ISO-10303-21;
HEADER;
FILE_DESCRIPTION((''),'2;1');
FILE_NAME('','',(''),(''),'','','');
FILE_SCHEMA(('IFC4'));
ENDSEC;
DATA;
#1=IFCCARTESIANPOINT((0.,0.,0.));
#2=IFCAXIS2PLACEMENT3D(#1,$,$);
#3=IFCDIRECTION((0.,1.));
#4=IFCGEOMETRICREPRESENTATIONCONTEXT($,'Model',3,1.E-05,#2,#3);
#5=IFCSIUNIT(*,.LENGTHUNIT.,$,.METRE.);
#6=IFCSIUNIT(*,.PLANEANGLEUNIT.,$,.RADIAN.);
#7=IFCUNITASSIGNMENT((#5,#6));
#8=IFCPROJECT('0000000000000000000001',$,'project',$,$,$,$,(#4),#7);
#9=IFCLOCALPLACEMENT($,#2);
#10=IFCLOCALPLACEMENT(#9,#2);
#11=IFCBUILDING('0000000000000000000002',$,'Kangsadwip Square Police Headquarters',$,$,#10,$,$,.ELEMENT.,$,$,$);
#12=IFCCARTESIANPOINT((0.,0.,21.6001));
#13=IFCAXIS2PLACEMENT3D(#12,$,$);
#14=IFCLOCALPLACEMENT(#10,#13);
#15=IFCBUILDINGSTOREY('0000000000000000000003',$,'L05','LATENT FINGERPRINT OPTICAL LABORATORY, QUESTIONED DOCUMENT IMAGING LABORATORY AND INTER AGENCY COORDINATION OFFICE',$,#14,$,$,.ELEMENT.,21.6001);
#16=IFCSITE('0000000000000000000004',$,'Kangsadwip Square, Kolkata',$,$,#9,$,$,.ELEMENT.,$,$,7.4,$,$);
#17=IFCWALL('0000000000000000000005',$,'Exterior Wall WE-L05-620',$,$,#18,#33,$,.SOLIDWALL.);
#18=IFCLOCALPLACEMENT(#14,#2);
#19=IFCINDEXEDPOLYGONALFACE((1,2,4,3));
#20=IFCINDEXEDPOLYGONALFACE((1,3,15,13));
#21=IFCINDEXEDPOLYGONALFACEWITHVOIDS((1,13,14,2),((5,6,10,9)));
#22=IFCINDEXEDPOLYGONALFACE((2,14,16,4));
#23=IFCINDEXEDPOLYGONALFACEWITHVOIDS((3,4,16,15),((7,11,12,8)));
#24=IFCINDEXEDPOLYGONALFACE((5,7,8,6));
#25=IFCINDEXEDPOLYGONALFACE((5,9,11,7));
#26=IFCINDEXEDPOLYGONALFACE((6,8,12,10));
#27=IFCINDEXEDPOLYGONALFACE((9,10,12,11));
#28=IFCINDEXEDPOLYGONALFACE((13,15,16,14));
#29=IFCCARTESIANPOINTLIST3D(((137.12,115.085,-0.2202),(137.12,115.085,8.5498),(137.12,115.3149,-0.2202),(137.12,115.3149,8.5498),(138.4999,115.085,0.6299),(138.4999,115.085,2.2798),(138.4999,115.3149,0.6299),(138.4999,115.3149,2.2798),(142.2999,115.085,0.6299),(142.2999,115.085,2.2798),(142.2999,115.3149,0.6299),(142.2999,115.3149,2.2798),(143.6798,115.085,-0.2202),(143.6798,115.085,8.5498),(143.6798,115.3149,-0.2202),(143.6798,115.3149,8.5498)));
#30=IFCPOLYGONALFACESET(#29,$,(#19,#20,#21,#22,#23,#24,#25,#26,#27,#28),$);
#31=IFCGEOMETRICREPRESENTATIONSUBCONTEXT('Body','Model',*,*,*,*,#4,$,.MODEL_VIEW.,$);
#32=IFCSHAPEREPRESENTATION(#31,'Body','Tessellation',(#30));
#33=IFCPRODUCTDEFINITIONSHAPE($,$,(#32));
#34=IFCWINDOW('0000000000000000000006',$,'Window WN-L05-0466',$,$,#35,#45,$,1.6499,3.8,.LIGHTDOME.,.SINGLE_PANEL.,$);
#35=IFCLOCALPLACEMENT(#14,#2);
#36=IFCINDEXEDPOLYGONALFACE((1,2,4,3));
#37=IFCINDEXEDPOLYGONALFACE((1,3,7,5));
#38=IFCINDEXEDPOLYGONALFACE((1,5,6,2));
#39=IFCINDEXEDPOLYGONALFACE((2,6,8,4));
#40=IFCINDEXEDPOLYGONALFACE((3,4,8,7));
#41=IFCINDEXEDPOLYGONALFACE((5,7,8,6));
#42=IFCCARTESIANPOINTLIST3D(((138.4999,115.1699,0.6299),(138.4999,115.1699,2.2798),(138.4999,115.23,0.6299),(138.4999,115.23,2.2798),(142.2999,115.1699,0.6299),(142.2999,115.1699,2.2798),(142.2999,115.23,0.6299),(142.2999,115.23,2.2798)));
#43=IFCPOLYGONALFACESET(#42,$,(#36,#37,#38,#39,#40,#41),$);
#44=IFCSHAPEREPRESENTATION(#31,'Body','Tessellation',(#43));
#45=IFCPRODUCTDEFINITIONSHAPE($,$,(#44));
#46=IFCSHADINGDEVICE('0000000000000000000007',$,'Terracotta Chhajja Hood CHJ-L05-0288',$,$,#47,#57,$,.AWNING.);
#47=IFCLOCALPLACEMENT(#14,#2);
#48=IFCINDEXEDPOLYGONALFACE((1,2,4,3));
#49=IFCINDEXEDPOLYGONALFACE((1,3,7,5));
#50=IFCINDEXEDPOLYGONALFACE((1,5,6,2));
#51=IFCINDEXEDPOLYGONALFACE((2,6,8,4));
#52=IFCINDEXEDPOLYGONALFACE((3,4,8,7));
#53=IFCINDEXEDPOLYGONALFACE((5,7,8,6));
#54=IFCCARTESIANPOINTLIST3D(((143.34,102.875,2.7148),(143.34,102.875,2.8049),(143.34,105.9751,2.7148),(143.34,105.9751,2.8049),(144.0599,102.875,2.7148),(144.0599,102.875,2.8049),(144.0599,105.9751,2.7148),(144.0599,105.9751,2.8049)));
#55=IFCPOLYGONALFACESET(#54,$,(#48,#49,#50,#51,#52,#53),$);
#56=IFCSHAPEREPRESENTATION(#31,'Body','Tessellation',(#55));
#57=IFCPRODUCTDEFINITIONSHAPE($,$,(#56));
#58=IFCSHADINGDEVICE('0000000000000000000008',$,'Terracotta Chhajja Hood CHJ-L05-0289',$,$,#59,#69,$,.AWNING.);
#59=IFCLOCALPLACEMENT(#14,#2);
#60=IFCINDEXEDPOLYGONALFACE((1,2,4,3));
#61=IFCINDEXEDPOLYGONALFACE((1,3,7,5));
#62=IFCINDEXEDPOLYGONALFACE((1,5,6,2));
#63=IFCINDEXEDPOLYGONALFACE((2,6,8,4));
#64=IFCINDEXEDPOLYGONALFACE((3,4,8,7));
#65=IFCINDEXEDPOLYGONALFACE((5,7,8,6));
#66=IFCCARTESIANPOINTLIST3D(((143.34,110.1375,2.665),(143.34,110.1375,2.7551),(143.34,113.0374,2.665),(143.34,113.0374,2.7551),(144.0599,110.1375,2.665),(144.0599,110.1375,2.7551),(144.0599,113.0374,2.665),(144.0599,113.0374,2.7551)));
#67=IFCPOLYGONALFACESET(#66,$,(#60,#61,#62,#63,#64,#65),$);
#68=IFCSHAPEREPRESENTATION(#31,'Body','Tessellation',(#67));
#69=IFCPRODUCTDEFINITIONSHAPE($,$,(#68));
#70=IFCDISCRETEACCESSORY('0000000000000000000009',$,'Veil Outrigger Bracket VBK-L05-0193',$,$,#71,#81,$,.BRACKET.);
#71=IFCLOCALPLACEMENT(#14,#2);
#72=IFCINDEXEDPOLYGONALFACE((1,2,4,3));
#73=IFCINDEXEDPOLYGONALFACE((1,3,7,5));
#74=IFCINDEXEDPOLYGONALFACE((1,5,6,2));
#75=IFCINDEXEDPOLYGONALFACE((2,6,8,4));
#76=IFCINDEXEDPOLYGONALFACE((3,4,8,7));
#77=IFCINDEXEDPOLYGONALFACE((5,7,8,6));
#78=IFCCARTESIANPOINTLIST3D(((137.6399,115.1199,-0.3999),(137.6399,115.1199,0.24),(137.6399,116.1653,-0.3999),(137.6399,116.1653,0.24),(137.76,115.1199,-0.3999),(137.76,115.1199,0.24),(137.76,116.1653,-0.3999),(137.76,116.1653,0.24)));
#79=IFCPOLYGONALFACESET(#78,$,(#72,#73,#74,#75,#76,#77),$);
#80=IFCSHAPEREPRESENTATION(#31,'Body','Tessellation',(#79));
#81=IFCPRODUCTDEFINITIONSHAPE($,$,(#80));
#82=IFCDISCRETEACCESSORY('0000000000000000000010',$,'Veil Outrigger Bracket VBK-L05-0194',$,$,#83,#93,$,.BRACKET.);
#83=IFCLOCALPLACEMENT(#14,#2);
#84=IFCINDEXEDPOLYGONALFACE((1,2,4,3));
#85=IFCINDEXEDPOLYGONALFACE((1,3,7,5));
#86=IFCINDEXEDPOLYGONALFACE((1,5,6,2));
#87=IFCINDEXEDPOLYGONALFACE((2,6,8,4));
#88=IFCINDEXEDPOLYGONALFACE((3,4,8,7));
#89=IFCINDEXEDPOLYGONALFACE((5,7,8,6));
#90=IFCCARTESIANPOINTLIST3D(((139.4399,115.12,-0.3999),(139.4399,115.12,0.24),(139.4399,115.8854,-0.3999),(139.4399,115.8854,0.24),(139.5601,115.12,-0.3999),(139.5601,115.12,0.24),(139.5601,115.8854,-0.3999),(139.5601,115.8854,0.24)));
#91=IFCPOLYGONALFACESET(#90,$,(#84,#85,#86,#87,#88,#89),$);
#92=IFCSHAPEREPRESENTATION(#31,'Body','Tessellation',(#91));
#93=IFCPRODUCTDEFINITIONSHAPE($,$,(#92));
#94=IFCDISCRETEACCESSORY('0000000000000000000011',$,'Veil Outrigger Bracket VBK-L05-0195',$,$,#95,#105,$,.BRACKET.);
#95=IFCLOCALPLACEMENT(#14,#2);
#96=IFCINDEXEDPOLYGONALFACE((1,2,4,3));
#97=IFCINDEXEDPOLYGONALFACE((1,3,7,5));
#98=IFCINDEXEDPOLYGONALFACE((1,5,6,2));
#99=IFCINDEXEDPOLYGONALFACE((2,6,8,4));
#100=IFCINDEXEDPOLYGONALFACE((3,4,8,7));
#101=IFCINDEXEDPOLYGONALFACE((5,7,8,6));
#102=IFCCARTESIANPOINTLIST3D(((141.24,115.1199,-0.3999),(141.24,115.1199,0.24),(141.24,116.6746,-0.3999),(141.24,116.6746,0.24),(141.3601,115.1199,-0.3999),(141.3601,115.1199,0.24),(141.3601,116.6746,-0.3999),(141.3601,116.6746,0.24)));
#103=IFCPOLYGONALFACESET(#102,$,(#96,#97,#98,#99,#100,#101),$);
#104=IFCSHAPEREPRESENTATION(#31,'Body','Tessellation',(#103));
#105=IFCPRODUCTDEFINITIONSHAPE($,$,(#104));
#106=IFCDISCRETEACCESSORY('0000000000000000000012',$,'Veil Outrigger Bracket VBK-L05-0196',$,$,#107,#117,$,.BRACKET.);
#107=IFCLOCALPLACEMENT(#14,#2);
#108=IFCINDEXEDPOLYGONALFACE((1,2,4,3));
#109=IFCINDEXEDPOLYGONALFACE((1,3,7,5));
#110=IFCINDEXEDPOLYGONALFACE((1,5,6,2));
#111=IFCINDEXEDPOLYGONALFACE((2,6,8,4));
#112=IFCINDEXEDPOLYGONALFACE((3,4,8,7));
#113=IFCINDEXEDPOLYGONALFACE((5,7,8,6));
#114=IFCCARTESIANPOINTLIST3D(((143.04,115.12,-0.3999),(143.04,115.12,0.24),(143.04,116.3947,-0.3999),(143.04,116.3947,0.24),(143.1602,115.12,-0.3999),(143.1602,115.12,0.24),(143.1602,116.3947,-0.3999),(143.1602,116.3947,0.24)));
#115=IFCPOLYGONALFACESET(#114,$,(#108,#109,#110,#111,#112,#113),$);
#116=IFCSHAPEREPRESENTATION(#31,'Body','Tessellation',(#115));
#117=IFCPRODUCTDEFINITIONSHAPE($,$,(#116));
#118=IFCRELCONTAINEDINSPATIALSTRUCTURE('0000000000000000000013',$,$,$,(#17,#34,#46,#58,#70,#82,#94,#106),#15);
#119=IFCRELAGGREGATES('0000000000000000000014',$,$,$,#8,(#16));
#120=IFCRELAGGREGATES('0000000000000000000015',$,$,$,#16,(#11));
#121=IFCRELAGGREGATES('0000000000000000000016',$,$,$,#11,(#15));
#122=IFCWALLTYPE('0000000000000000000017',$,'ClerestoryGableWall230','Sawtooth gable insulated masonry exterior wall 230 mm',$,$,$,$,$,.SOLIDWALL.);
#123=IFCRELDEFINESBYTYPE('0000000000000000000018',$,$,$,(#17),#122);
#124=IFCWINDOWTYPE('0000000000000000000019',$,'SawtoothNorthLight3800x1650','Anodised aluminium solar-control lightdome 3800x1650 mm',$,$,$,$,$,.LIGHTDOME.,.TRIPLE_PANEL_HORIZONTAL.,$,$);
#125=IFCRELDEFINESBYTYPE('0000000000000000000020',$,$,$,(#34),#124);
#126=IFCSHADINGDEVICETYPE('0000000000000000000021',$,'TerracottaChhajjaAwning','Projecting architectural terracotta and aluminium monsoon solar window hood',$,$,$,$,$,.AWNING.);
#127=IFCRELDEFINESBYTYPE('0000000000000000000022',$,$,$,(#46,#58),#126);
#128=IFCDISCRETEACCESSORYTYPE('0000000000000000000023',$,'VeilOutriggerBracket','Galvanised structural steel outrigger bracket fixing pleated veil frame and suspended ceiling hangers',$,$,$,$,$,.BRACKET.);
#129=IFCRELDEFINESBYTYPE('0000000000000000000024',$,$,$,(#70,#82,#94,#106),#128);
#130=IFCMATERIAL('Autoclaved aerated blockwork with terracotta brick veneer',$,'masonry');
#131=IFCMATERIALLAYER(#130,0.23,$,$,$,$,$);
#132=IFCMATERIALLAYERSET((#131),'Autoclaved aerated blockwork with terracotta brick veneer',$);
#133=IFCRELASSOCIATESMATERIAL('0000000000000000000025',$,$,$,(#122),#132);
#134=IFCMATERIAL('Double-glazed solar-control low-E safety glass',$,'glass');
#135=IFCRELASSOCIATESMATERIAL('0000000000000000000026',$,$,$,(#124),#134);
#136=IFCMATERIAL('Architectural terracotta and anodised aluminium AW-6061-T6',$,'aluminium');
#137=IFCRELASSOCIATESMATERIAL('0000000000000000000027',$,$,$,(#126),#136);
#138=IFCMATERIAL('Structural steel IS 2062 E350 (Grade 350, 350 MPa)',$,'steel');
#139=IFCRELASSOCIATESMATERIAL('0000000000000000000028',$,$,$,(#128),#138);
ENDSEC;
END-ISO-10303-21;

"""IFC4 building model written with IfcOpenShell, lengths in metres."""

from ifc_helpers import new_model, si_unit, direction, frame, frame_2d, origin, origin_2d, place, context, subcontext, project, spatial, rectangle, extrude, material, layer, layer_set, type_object, element, fill, save


model = new_model("IFC4")

# Units and contexts
model_context = context("Model", 3, precision=1e-05, world=origin(), true_north=direction((0.0, 1.0)))
body_context = subcontext(model_context, "Body", "Model", "MODEL_VIEW")
ifc_project = project(units=[si_unit("LENGTHUNIT", "METRE"), si_unit("PLANEANGLEUNIT", "RADIAN")], contexts=[model_context])

# Site, building, storey
site_placement = place(None, origin())
site = spatial("IfcSite", under=ifc_project, at=site_placement, Name="Kangsadwip Square, Kolkata", CompositionType="ELEMENT", RefElevation=7.4)
building_placement = place(site_placement, origin())
building = spatial("IfcBuilding", under=site, at=building_placement, Name="Kangsadwip Square Police Headquarters", CompositionType="ELEMENT")
storey_placement = place(building_placement, frame((0.0, 0.0, 21.6001)))
storey = spatial("IfcBuildingStorey", under=building, at=storey_placement, Name="L05", Description="LATENT FINGERPRINT OPTICAL LABORATORY, QUESTIONED DOCUMENT IMAGING LABORATORY AND INTER AGENCY COORDINATION OFFICE", CompositionType="ELEMENT", Elevation=21.6001)

# Wall, opening, window
ifc_material_1 = material(Name="Autoclaved aerated blockwork with terracotta brick veneer", Category="masonry")
ifc_layer_1 = layer(ifc_material_1, 0.23)
ifc_layer_set_1 = layer_set([ifc_layer_1], Name="Autoclaved aerated blockwork with terracotta brick veneer")
wall_type_1 = type_object("IfcWallType", Name="ClerestoryGableWall230", Description="Sawtooth gable insulated masonry exterior wall 230 mm", PredefinedType="SOLIDWALL", material=ifc_layer_set_1)
wall_1_placement = place(storey_placement, frame((137.1201, 115.2, -0.2202), z_axis=(0.0, 0.0, 1.0), x_axis=(1.0, 0.0, 0.0)))
wall_1 = element("IfcWall", 1, at=wall_1_placement, inside=storey, type_object=wall_type_1, Name="Exterior Wall WE-L05-620", PredefinedType="SOLIDWALL", context=body_context, shape_type="SweptSolid", body=[
    extrude(rectangle(XDim=6.5598, YDim=0.23, at=frame_2d((3.2798, 0.0))), origin(), (0.0, 0.0, 1.0), 8.77),
])
opening_1_placement = place(wall_1_placement, frame((1.3799, 0.0, 0.8501)))
opening_1 = element("IfcOpeningElement", 2, at=opening_1_placement, cuts=wall_1, PredefinedType="OPENING", context=body_context, shape_type="SweptSolid", body=[
    extrude(rectangle(XDim=3.8, YDim=1.6499, at=frame_2d((1.8999, 0.825))), frame((0.0, 0.125, 0.0), z_axis=(0.0, -1.0, 0.0), x_axis=(1.0, 0.0, 0.0)), (0.0, 0.0, 1.0), 0.25),
])
ifc_material_2 = material(Name="Double-glazed solar-control low-E safety glass", Category="glass")
window_type_1 = type_object("IfcWindowType", Name="SawtoothNorthLight3800x1650", Description="Anodised aluminium solar-control lightdome 3800x1650 mm", PartitioningType="TRIPLE_PANEL_HORIZONTAL", PredefinedType="LIGHTDOME", material=ifc_material_2)
window_1_placement = place(opening_1_placement, origin())
window_1 = element("IfcWindow", 3, at=window_1_placement, inside=storey, type_object=window_type_1, Name="Window WN-L05-0466", OverallHeight=1.6499, OverallWidth=3.8, PartitioningType="SINGLE_PANEL", PredefinedType="LIGHTDOME", context=body_context, shape_type="SweptSolid", body=[
    extrude(rectangle(XDim=3.8, YDim=1.6499, at=frame_2d((1.8999, 0.825))), frame((0.0, 0.03, 0.0), z_axis=(0.0, -1.0, 0.0), x_axis=(1.0, 0.0, 0.0)), (0.0, 0.0, 1.0), 0.0601),
])
fill(opening_1, window_1)

# Shading devices
ifc_material_3 = material(Name="Architectural terracotta and anodised aluminium AW-6061-T6", Category="aluminium")
shading_device_type = type_object("IfcShadingDeviceType", Name="TerracottaChhajjaAwning", Description="Projecting architectural terracotta and aluminium monsoon solar window hood", PredefinedType="AWNING", material=ifc_material_3)
shading_device_1_placement = place(storey_placement, frame((143.7, 104.425, 2.7148), z_axis=(0.0, 0.0, 1.0), x_axis=(0.0, 1.0, 0.0)))
element("IfcShadingDevice", 4, at=shading_device_1_placement, inside=storey, type_object=shading_device_type, Name="Terracotta Chhajja Hood CHJ-L05-0288", PredefinedType="AWNING", context=body_context, shape_type="SweptSolid", body=[
    extrude(rectangle(XDim=3.1001, YDim=0.72, at=origin_2d()), origin(), (0.0, 0.0, 1.0), 0.0901),
])
shading_device_2_placement = place(storey_placement, frame((143.7, 111.5874, 2.665), z_axis=(0.0, 0.0, 1.0), x_axis=(0.0, 1.0, 0.0)))
element("IfcShadingDevice", 5, at=shading_device_2_placement, inside=storey, type_object=shading_device_type, Name="Terracotta Chhajja Hood CHJ-L05-0289", PredefinedType="AWNING", context=body_context, shape_type="SweptSolid", body=[
    extrude(rectangle(XDim=2.8999, YDim=0.72, at=origin_2d()), origin(), (0.0, 0.0, 1.0), 0.0901),
])

# Discrete accessories
ifc_material_4 = material(Name="Structural steel IS 2062 E350 (Grade 350, 350 MPa)", Category="steel")
discrete_accessory_type = type_object("IfcDiscreteAccessoryType", Name="VeilOutriggerBracket", Description="Galvanised structural steel outrigger bracket fixing pleated veil frame and suspended ceiling hangers", PredefinedType="BRACKET", material=ifc_material_4)
discrete_accessory_1_placement = place(storey_placement, frame((137.7, 115.6426, -0.3999), z_axis=(0.0, 0.0, 1.0), x_axis=(1.0, 0.0, 0.0)))
element("IfcDiscreteAccessory", 6, at=discrete_accessory_1_placement, inside=storey, type_object=discrete_accessory_type, Name="Veil Outrigger Bracket VBK-L05-0193", PredefinedType="BRACKET", context=body_context, shape_type="SweptSolid", body=[
    extrude(rectangle(XDim=0.1201, YDim=1.0454, at=origin_2d()), origin(), (0.0, 0.0, 1.0), 0.6399),
])
discrete_accessory_2_placement = place(storey_placement, frame((139.5, 115.5027, -0.3999), z_axis=(0.0, 0.0, 1.0), x_axis=(1.0, 0.0, 0.0)))
element("IfcDiscreteAccessory", 7, at=discrete_accessory_2_placement, inside=storey, type_object=discrete_accessory_type, Name="Veil Outrigger Bracket VBK-L05-0194", PredefinedType="BRACKET", context=body_context, shape_type="SweptSolid", body=[
    extrude(rectangle(XDim=0.1201, YDim=0.7654, at=origin_2d()), origin(), (0.0, 0.0, 1.0), 0.6399),
])
discrete_accessory_3_placement = place(storey_placement, frame((141.3, 115.8972, -0.3999), z_axis=(0.0, 0.0, 1.0), x_axis=(1.0, 0.0, 0.0)))
element("IfcDiscreteAccessory", 8, at=discrete_accessory_3_placement, inside=storey, type_object=discrete_accessory_type, Name="Veil Outrigger Bracket VBK-L05-0195", PredefinedType="BRACKET", context=body_context, shape_type="SweptSolid", body=[
    extrude(rectangle(XDim=0.1201, YDim=1.5547, at=origin_2d()), origin(), (0.0, 0.0, 1.0), 0.6399),
])
discrete_accessory_4_placement = place(storey_placement, frame((143.1001, 115.7573, -0.3999), z_axis=(0.0, 0.0, 1.0), x_axis=(1.0, 0.0, 0.0)))
element("IfcDiscreteAccessory", 9, at=discrete_accessory_4_placement, inside=storey, type_object=discrete_accessory_type, Name="Veil Outrigger Bracket VBK-L05-0196", PredefinedType="BRACKET", context=body_context, shape_type="SweptSolid", body=[
    extrude(rectangle(XDim=0.1201, YDim=1.2747, at=origin_2d()), origin(), (0.0, 0.0, 1.0), 0.6399),
])

save(model, "model.ifc")
